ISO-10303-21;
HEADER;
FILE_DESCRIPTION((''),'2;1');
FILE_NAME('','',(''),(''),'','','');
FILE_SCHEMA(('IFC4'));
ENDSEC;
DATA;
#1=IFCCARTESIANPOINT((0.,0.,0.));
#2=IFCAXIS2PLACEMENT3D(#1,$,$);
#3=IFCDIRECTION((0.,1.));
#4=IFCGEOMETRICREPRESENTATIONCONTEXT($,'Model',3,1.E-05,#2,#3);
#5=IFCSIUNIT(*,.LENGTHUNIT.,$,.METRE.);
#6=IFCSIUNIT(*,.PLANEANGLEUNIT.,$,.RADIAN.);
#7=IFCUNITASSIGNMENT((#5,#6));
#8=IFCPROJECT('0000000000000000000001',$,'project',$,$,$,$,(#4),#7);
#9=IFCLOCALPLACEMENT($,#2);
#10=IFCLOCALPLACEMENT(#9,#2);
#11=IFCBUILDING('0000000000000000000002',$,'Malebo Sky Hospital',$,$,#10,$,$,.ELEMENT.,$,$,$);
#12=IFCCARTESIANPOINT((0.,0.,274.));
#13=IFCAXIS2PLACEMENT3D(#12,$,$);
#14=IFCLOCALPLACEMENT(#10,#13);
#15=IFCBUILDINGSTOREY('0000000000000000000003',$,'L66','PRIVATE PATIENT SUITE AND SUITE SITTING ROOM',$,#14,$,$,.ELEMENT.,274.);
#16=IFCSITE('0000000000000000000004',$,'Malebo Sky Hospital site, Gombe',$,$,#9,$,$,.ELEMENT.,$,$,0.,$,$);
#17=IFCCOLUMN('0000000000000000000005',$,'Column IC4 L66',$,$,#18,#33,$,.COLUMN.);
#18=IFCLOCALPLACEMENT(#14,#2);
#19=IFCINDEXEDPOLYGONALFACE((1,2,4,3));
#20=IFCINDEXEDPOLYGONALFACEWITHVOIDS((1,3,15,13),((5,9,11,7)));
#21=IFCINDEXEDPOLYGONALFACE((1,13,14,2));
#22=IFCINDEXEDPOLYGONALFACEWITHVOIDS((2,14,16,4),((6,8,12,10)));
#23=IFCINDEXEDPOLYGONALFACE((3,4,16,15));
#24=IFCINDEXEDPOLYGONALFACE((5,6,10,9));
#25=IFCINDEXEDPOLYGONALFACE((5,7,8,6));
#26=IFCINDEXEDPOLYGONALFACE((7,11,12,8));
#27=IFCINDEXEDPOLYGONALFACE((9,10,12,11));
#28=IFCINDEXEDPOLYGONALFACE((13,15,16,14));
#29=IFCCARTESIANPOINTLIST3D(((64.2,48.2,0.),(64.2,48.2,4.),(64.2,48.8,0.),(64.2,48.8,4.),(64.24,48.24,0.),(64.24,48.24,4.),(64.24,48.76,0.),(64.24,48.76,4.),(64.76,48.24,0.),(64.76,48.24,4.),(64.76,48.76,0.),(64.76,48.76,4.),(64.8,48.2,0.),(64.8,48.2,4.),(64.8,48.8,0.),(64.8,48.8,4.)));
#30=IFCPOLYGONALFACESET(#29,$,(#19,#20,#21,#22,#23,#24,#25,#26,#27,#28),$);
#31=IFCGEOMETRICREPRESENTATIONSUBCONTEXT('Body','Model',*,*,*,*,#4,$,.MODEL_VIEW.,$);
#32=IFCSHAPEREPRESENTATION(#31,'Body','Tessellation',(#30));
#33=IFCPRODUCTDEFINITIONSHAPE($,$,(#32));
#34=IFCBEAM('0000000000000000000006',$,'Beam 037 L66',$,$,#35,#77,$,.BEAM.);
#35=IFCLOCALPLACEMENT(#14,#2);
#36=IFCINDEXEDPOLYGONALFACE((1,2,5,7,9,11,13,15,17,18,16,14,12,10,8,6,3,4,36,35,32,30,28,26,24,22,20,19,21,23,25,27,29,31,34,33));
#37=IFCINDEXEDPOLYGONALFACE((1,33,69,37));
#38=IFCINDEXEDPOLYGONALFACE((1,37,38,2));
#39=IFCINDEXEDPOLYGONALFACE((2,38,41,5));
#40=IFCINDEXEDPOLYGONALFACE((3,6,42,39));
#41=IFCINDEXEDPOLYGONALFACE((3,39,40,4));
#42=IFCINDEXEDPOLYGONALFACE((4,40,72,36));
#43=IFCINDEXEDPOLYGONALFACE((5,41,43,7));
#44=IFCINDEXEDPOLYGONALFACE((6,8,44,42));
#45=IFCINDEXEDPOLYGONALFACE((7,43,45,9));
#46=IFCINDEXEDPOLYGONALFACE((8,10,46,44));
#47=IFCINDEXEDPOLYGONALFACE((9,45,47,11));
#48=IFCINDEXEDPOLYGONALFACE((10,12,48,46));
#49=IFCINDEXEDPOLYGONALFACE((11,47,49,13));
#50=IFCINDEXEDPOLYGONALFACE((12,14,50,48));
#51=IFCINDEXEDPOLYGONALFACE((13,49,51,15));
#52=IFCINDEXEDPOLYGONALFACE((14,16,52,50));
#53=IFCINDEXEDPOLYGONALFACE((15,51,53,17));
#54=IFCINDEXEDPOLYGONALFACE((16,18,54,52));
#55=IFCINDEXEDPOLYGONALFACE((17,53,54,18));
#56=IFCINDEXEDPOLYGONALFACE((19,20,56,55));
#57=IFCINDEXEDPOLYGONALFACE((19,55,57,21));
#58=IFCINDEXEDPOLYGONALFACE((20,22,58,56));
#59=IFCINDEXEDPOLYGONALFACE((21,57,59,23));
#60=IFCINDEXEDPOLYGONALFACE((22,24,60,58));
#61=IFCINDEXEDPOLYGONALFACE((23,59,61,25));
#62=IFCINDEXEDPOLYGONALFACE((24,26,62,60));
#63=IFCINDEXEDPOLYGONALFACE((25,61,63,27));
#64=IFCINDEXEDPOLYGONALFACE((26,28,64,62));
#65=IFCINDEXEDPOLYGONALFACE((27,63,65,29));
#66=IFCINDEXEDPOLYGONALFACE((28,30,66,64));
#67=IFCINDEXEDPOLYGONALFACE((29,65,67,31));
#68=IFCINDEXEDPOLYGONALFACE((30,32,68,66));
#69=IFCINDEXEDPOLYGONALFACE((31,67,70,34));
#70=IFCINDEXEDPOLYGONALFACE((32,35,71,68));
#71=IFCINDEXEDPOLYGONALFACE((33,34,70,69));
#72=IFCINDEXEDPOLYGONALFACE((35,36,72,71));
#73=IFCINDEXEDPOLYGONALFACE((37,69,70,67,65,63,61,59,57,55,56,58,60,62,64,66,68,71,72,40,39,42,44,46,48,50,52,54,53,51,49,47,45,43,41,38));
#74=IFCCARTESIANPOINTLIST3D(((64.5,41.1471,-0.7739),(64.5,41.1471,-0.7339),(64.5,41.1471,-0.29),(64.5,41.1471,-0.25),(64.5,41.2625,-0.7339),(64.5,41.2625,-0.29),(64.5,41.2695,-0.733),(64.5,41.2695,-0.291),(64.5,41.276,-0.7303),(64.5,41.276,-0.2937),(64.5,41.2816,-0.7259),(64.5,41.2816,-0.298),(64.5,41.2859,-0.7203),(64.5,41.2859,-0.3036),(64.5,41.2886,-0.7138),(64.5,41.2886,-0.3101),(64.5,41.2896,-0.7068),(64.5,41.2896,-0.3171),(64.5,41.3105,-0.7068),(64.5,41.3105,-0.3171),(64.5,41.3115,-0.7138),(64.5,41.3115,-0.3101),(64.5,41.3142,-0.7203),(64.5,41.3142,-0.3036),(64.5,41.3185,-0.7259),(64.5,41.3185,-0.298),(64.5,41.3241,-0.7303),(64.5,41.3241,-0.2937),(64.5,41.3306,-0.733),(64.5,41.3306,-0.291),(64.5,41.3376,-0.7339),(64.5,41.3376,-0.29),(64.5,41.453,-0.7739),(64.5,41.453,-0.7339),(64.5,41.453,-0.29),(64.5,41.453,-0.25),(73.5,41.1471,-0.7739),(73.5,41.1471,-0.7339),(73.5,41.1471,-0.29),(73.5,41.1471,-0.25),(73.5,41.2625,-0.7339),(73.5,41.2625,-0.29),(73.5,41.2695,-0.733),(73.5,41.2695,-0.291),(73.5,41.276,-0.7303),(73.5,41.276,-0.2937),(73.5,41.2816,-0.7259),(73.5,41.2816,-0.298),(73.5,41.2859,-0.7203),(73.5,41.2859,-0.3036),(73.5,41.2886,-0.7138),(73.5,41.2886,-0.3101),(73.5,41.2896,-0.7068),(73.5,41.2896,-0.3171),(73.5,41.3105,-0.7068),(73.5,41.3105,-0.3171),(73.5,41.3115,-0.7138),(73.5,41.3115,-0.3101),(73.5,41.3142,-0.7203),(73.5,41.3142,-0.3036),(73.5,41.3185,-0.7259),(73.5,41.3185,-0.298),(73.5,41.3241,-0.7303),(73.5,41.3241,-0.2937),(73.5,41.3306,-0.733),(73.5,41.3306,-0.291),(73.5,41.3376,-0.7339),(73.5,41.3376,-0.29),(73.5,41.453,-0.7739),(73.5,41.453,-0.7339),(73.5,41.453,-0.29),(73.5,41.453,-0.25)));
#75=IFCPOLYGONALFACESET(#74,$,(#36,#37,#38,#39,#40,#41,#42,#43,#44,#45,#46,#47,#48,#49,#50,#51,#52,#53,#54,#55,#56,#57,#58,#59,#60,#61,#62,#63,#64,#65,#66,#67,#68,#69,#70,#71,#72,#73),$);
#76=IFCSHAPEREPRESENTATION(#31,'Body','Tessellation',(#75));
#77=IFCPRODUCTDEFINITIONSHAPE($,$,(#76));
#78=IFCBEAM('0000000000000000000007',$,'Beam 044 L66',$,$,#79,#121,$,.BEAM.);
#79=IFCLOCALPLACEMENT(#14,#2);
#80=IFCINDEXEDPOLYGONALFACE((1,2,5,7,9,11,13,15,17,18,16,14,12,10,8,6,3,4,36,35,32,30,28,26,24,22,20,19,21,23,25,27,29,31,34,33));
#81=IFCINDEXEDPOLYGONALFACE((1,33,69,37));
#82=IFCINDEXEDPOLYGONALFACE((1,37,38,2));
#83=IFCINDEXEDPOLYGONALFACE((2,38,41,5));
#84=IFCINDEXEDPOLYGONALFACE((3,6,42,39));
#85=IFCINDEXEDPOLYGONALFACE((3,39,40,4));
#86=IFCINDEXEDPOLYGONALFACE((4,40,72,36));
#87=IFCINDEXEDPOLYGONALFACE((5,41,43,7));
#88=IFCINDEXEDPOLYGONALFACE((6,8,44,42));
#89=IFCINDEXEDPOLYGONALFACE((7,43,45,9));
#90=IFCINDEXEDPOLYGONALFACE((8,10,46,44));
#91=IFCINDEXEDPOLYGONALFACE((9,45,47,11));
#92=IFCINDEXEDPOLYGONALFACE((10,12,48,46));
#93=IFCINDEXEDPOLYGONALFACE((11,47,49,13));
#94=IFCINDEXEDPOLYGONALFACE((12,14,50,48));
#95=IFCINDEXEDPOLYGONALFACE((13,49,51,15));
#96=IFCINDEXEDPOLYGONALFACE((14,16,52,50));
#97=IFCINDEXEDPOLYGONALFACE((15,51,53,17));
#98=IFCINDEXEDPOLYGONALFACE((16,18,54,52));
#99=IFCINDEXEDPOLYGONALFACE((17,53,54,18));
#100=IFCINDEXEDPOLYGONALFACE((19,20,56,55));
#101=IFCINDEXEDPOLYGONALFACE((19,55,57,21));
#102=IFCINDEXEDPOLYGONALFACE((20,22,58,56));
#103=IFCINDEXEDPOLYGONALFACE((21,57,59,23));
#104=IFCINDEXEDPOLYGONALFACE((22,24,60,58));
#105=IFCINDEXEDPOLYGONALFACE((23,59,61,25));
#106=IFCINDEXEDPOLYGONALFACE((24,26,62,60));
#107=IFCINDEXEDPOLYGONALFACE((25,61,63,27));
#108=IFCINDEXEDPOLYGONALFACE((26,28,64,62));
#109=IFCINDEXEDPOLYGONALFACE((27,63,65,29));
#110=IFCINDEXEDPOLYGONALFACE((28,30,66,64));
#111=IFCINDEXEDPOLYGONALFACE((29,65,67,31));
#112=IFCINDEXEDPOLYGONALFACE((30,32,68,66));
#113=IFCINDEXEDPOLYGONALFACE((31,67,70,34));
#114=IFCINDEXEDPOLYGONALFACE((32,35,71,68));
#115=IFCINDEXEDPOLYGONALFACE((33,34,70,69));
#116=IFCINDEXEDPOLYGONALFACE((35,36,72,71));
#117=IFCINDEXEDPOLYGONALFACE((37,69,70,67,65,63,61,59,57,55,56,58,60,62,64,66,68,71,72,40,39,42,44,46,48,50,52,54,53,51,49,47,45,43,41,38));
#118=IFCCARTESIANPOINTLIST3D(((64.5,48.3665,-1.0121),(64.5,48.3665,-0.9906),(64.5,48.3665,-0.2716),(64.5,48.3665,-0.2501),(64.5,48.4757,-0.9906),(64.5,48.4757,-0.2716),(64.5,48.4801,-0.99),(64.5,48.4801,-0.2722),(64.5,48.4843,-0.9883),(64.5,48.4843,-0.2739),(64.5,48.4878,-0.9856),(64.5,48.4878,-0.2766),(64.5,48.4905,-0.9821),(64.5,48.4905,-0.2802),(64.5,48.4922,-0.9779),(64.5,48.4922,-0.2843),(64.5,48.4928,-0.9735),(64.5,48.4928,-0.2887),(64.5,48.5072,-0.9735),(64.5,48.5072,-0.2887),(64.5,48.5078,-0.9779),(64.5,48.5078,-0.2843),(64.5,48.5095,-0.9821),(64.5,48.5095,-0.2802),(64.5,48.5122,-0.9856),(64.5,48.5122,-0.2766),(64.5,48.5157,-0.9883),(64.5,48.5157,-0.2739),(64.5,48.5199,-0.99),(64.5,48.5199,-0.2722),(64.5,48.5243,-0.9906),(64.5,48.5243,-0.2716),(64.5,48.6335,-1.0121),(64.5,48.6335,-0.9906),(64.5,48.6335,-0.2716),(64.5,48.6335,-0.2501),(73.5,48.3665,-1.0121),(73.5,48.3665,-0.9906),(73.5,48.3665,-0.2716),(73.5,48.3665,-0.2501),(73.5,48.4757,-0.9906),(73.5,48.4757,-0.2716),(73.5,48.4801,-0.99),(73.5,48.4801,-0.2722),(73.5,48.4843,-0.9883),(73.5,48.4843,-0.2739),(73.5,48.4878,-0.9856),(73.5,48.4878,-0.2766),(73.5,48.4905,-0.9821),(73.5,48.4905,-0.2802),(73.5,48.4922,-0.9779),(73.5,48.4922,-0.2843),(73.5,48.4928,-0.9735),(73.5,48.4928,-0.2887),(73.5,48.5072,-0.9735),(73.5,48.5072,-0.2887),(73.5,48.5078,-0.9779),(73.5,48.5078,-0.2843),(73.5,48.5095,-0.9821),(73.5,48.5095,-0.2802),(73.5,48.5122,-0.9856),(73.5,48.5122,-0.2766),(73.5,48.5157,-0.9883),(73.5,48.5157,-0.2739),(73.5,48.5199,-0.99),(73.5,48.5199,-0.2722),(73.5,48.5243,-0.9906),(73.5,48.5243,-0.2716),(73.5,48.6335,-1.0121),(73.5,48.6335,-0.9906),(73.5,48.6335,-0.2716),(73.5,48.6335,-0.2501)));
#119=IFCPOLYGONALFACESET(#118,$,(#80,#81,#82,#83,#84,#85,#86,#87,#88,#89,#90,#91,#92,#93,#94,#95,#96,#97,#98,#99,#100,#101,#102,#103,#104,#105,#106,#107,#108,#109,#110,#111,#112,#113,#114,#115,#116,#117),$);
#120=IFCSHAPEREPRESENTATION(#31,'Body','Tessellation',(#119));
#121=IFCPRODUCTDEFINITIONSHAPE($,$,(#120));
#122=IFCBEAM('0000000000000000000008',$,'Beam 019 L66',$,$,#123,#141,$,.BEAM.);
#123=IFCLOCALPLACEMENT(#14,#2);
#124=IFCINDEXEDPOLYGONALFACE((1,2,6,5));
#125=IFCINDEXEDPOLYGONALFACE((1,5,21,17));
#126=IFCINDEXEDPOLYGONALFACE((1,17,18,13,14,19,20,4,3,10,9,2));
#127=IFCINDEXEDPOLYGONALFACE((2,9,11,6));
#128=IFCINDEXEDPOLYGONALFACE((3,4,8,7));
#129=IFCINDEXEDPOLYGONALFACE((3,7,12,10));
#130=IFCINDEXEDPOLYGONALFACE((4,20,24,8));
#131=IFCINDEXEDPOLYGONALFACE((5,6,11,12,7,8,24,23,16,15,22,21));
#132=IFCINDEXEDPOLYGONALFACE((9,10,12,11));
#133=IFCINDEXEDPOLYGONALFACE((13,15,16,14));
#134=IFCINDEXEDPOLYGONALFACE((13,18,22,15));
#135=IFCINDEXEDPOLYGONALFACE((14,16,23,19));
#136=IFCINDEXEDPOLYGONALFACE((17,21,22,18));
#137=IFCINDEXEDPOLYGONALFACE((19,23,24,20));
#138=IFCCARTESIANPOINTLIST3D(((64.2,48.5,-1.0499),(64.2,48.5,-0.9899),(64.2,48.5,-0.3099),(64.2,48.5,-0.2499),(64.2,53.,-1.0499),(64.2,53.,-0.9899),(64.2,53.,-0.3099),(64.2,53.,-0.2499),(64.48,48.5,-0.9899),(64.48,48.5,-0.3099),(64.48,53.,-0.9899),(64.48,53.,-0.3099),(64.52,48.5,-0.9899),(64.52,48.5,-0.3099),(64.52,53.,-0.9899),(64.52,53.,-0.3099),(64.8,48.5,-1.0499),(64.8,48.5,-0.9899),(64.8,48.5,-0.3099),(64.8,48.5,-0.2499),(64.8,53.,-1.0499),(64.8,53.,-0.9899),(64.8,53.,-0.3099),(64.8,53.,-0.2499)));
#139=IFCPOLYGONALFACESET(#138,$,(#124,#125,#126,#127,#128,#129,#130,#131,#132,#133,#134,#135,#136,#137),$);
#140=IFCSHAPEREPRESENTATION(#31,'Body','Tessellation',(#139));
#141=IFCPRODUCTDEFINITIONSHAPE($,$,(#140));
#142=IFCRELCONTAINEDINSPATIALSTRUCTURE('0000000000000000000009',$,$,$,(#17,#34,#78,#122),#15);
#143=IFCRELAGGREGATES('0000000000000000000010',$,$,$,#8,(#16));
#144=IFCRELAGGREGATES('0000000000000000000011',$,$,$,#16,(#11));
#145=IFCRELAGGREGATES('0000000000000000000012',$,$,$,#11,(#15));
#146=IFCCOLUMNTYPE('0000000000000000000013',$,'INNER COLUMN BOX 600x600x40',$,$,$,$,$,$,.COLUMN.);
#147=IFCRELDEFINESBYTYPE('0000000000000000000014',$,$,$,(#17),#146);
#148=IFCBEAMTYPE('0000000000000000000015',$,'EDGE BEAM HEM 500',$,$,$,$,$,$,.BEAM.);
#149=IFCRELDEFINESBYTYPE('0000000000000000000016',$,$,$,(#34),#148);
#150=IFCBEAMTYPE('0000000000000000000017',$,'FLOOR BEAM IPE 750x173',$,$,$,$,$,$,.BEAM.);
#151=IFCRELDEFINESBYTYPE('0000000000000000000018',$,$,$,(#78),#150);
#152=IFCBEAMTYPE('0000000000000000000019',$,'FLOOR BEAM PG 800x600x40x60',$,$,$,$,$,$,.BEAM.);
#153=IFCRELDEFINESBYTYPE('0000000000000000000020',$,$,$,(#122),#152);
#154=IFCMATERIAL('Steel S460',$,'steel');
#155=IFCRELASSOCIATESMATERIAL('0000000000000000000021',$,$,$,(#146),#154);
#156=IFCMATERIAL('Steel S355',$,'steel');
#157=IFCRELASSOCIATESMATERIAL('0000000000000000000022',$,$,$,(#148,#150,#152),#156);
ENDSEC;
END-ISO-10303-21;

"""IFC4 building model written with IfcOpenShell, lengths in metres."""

from ifc_helpers import new_model, si_unit, direction, frame, origin, origin_2d, place, context, subcontext, project, spatial, hollow_rectangle, i_section, extrude, material, material_profile, profile_set, type_object, element, save


model = new_model("IFC4")

# Units and contexts
model_context = context("Model", 3, precision=1e-05, world=origin(), true_north=direction((0.0, 1.0)))
body_context = subcontext(model_context, "Body", "Model", "MODEL_VIEW")
ifc_project = project(units=[si_unit("LENGTHUNIT", "METRE"), si_unit("PLANEANGLEUNIT", "RADIAN")], contexts=[model_context])

# Site, building, storey
site_placement = place(None, origin())
site = spatial("IfcSite", under=ifc_project, at=site_placement, Name="Malebo Sky Hospital site, Gombe", CompositionType="ELEMENT", RefElevation=0.0)
building_placement = place(site_placement, origin())
building = spatial("IfcBuilding", under=site, at=building_placement, Name="Malebo Sky Hospital", CompositionType="ELEMENT")
storey_placement = place(building_placement, frame((0.0, 0.0, 274.0)))
storey = spatial("IfcBuildingStorey", under=building, at=storey_placement, Name="L66", Description="PRIVATE PATIENT SUITE AND SUITE SITTING ROOM", CompositionType="ELEMENT", Elevation=274.0)

# Column
ifc_material_1 = material(Name="Steel S460", Category="steel")
ifc_material_profile_1 = material_profile(ifc_material_1, hollow_rectangle(XDim=0.6001, YDim=0.6001, WallThickness=0.04, at=origin_2d()), Name="BOX 600x600x40")
ifc_profile_set_1 = profile_set([ifc_material_profile_1], Name="Steel S460")
column_type = type_object("IfcColumnType", Name="INNER COLUMN BOX 600x600x40", PredefinedType="COLUMN", material=ifc_profile_set_1)
column_placement = place(storey_placement, frame((64.5, 48.5, 0.0), z_axis=(0.0, 0.0, 1.0), x_axis=(1.0, 0.0, 0.0)))
element("IfcColumn", 1, at=column_placement, inside=storey, type_object=column_type, Name="Column IC4 L66", PredefinedType="COLUMN", context=body_context, shape_type="SweptSolid", body=[
    extrude(hollow_rectangle(XDim=0.6001, YDim=0.6001, WallThickness=0.04, at=origin_2d()), origin(), (0.0, 0.0, 1.0), 4.0),
])

# Beams
ifc_material_2 = material(Name="Steel S355", Category="steel")
ifc_material_profile_2 = material_profile(ifc_material_2, i_section(OverallWidth=0.3059, OverallDepth=0.5239, WebThickness=0.021, FlangeThickness=0.04, FilletRadius=0.0271, at=origin_2d()), Name="HEM 500")
ifc_profile_set_2 = profile_set([ifc_material_profile_2], Name="Steel S355")
beam_type_1 = type_object("IfcBeamType", Name="EDGE BEAM HEM 500", PredefinedType="BEAM", material=ifc_profile_set_2)
beam_1_placement = place(storey_placement, frame((64.5, 41.3, -0.512), z_axis=(1.0, 0.0, 0.0), x_axis=(0.0, 1.0, 0.0)))
element("IfcBeam", 2, at=beam_1_placement, inside=storey, type_object=beam_type_1, Name="Beam 037 L66", PredefinedType="BEAM", context=body_context, shape_type="SweptSolid", body=[
    extrude(i_section(OverallWidth=0.3059, OverallDepth=0.5239, WebThickness=0.021, FlangeThickness=0.04, FilletRadius=0.0271, at=origin_2d()), origin(), (0.0, 0.0, 1.0), 9.0),
])
ifc_material_profile_3 = material_profile(ifc_material_2, i_section(OverallWidth=0.2671, OverallDepth=0.762, WebThickness=0.0144, FlangeThickness=0.0215, FilletRadius=0.0171, at=origin_2d()), Name="IPE 750x173")
ifc_profile_set_3 = profile_set([ifc_material_profile_3], Name="Steel S355")
beam_type_2 = type_object("IfcBeamType", Name="FLOOR BEAM IPE 750x173", PredefinedType="BEAM", material=ifc_profile_set_3)
beam_2_placement = place(storey_placement, frame((64.5, 48.5, -0.6311), z_axis=(1.0, 0.0, 0.0), x_axis=(0.0, 1.0, 0.0)))
element("IfcBeam", 3, at=beam_2_placement, inside=storey, type_object=beam_type_2, Name="Beam 044 L66", PredefinedType="BEAM", context=body_context, shape_type="SweptSolid", body=[
    extrude(i_section(OverallWidth=0.2671, OverallDepth=0.762, WebThickness=0.0144, FlangeThickness=0.0215, FilletRadius=0.0171, at=origin_2d()), origin(), (0.0, 0.0, 1.0), 9.0),
])
ifc_material_profile_4 = material_profile(ifc_material_2, i_section(OverallWidth=0.6001, OverallDepth=0.8, WebThickness=0.04, FlangeThickness=0.0601, at=origin_2d()), Name="PG 800x600x40x60")
ifc_profile_set_4 = profile_set([ifc_material_profile_4], Name="Steel S355")
beam_type_3 = type_object("IfcBeamType", Name="FLOOR BEAM PG 800x600x40x60", PredefinedType="BEAM", material=ifc_profile_set_4)
beam_3_placement = place(storey_placement, frame((64.5, 48.5, -0.6499), z_axis=(0.0, 1.0, 0.0), x_axis=(-1.0, 0.0, 0.0)))
element("IfcBeam", 4, at=beam_3_placement, inside=storey, type_object=beam_type_3, Name="Beam 019 L66", PredefinedType="BEAM", context=body_context, shape_type="SweptSolid", body=[
    extrude(i_section(OverallWidth=0.6001, OverallDepth=0.8, WebThickness=0.04, FlangeThickness=0.0601, at=origin_2d()), origin(), (0.0, 0.0, 1.0), 4.5),
])

save(model, "model.ifc")
